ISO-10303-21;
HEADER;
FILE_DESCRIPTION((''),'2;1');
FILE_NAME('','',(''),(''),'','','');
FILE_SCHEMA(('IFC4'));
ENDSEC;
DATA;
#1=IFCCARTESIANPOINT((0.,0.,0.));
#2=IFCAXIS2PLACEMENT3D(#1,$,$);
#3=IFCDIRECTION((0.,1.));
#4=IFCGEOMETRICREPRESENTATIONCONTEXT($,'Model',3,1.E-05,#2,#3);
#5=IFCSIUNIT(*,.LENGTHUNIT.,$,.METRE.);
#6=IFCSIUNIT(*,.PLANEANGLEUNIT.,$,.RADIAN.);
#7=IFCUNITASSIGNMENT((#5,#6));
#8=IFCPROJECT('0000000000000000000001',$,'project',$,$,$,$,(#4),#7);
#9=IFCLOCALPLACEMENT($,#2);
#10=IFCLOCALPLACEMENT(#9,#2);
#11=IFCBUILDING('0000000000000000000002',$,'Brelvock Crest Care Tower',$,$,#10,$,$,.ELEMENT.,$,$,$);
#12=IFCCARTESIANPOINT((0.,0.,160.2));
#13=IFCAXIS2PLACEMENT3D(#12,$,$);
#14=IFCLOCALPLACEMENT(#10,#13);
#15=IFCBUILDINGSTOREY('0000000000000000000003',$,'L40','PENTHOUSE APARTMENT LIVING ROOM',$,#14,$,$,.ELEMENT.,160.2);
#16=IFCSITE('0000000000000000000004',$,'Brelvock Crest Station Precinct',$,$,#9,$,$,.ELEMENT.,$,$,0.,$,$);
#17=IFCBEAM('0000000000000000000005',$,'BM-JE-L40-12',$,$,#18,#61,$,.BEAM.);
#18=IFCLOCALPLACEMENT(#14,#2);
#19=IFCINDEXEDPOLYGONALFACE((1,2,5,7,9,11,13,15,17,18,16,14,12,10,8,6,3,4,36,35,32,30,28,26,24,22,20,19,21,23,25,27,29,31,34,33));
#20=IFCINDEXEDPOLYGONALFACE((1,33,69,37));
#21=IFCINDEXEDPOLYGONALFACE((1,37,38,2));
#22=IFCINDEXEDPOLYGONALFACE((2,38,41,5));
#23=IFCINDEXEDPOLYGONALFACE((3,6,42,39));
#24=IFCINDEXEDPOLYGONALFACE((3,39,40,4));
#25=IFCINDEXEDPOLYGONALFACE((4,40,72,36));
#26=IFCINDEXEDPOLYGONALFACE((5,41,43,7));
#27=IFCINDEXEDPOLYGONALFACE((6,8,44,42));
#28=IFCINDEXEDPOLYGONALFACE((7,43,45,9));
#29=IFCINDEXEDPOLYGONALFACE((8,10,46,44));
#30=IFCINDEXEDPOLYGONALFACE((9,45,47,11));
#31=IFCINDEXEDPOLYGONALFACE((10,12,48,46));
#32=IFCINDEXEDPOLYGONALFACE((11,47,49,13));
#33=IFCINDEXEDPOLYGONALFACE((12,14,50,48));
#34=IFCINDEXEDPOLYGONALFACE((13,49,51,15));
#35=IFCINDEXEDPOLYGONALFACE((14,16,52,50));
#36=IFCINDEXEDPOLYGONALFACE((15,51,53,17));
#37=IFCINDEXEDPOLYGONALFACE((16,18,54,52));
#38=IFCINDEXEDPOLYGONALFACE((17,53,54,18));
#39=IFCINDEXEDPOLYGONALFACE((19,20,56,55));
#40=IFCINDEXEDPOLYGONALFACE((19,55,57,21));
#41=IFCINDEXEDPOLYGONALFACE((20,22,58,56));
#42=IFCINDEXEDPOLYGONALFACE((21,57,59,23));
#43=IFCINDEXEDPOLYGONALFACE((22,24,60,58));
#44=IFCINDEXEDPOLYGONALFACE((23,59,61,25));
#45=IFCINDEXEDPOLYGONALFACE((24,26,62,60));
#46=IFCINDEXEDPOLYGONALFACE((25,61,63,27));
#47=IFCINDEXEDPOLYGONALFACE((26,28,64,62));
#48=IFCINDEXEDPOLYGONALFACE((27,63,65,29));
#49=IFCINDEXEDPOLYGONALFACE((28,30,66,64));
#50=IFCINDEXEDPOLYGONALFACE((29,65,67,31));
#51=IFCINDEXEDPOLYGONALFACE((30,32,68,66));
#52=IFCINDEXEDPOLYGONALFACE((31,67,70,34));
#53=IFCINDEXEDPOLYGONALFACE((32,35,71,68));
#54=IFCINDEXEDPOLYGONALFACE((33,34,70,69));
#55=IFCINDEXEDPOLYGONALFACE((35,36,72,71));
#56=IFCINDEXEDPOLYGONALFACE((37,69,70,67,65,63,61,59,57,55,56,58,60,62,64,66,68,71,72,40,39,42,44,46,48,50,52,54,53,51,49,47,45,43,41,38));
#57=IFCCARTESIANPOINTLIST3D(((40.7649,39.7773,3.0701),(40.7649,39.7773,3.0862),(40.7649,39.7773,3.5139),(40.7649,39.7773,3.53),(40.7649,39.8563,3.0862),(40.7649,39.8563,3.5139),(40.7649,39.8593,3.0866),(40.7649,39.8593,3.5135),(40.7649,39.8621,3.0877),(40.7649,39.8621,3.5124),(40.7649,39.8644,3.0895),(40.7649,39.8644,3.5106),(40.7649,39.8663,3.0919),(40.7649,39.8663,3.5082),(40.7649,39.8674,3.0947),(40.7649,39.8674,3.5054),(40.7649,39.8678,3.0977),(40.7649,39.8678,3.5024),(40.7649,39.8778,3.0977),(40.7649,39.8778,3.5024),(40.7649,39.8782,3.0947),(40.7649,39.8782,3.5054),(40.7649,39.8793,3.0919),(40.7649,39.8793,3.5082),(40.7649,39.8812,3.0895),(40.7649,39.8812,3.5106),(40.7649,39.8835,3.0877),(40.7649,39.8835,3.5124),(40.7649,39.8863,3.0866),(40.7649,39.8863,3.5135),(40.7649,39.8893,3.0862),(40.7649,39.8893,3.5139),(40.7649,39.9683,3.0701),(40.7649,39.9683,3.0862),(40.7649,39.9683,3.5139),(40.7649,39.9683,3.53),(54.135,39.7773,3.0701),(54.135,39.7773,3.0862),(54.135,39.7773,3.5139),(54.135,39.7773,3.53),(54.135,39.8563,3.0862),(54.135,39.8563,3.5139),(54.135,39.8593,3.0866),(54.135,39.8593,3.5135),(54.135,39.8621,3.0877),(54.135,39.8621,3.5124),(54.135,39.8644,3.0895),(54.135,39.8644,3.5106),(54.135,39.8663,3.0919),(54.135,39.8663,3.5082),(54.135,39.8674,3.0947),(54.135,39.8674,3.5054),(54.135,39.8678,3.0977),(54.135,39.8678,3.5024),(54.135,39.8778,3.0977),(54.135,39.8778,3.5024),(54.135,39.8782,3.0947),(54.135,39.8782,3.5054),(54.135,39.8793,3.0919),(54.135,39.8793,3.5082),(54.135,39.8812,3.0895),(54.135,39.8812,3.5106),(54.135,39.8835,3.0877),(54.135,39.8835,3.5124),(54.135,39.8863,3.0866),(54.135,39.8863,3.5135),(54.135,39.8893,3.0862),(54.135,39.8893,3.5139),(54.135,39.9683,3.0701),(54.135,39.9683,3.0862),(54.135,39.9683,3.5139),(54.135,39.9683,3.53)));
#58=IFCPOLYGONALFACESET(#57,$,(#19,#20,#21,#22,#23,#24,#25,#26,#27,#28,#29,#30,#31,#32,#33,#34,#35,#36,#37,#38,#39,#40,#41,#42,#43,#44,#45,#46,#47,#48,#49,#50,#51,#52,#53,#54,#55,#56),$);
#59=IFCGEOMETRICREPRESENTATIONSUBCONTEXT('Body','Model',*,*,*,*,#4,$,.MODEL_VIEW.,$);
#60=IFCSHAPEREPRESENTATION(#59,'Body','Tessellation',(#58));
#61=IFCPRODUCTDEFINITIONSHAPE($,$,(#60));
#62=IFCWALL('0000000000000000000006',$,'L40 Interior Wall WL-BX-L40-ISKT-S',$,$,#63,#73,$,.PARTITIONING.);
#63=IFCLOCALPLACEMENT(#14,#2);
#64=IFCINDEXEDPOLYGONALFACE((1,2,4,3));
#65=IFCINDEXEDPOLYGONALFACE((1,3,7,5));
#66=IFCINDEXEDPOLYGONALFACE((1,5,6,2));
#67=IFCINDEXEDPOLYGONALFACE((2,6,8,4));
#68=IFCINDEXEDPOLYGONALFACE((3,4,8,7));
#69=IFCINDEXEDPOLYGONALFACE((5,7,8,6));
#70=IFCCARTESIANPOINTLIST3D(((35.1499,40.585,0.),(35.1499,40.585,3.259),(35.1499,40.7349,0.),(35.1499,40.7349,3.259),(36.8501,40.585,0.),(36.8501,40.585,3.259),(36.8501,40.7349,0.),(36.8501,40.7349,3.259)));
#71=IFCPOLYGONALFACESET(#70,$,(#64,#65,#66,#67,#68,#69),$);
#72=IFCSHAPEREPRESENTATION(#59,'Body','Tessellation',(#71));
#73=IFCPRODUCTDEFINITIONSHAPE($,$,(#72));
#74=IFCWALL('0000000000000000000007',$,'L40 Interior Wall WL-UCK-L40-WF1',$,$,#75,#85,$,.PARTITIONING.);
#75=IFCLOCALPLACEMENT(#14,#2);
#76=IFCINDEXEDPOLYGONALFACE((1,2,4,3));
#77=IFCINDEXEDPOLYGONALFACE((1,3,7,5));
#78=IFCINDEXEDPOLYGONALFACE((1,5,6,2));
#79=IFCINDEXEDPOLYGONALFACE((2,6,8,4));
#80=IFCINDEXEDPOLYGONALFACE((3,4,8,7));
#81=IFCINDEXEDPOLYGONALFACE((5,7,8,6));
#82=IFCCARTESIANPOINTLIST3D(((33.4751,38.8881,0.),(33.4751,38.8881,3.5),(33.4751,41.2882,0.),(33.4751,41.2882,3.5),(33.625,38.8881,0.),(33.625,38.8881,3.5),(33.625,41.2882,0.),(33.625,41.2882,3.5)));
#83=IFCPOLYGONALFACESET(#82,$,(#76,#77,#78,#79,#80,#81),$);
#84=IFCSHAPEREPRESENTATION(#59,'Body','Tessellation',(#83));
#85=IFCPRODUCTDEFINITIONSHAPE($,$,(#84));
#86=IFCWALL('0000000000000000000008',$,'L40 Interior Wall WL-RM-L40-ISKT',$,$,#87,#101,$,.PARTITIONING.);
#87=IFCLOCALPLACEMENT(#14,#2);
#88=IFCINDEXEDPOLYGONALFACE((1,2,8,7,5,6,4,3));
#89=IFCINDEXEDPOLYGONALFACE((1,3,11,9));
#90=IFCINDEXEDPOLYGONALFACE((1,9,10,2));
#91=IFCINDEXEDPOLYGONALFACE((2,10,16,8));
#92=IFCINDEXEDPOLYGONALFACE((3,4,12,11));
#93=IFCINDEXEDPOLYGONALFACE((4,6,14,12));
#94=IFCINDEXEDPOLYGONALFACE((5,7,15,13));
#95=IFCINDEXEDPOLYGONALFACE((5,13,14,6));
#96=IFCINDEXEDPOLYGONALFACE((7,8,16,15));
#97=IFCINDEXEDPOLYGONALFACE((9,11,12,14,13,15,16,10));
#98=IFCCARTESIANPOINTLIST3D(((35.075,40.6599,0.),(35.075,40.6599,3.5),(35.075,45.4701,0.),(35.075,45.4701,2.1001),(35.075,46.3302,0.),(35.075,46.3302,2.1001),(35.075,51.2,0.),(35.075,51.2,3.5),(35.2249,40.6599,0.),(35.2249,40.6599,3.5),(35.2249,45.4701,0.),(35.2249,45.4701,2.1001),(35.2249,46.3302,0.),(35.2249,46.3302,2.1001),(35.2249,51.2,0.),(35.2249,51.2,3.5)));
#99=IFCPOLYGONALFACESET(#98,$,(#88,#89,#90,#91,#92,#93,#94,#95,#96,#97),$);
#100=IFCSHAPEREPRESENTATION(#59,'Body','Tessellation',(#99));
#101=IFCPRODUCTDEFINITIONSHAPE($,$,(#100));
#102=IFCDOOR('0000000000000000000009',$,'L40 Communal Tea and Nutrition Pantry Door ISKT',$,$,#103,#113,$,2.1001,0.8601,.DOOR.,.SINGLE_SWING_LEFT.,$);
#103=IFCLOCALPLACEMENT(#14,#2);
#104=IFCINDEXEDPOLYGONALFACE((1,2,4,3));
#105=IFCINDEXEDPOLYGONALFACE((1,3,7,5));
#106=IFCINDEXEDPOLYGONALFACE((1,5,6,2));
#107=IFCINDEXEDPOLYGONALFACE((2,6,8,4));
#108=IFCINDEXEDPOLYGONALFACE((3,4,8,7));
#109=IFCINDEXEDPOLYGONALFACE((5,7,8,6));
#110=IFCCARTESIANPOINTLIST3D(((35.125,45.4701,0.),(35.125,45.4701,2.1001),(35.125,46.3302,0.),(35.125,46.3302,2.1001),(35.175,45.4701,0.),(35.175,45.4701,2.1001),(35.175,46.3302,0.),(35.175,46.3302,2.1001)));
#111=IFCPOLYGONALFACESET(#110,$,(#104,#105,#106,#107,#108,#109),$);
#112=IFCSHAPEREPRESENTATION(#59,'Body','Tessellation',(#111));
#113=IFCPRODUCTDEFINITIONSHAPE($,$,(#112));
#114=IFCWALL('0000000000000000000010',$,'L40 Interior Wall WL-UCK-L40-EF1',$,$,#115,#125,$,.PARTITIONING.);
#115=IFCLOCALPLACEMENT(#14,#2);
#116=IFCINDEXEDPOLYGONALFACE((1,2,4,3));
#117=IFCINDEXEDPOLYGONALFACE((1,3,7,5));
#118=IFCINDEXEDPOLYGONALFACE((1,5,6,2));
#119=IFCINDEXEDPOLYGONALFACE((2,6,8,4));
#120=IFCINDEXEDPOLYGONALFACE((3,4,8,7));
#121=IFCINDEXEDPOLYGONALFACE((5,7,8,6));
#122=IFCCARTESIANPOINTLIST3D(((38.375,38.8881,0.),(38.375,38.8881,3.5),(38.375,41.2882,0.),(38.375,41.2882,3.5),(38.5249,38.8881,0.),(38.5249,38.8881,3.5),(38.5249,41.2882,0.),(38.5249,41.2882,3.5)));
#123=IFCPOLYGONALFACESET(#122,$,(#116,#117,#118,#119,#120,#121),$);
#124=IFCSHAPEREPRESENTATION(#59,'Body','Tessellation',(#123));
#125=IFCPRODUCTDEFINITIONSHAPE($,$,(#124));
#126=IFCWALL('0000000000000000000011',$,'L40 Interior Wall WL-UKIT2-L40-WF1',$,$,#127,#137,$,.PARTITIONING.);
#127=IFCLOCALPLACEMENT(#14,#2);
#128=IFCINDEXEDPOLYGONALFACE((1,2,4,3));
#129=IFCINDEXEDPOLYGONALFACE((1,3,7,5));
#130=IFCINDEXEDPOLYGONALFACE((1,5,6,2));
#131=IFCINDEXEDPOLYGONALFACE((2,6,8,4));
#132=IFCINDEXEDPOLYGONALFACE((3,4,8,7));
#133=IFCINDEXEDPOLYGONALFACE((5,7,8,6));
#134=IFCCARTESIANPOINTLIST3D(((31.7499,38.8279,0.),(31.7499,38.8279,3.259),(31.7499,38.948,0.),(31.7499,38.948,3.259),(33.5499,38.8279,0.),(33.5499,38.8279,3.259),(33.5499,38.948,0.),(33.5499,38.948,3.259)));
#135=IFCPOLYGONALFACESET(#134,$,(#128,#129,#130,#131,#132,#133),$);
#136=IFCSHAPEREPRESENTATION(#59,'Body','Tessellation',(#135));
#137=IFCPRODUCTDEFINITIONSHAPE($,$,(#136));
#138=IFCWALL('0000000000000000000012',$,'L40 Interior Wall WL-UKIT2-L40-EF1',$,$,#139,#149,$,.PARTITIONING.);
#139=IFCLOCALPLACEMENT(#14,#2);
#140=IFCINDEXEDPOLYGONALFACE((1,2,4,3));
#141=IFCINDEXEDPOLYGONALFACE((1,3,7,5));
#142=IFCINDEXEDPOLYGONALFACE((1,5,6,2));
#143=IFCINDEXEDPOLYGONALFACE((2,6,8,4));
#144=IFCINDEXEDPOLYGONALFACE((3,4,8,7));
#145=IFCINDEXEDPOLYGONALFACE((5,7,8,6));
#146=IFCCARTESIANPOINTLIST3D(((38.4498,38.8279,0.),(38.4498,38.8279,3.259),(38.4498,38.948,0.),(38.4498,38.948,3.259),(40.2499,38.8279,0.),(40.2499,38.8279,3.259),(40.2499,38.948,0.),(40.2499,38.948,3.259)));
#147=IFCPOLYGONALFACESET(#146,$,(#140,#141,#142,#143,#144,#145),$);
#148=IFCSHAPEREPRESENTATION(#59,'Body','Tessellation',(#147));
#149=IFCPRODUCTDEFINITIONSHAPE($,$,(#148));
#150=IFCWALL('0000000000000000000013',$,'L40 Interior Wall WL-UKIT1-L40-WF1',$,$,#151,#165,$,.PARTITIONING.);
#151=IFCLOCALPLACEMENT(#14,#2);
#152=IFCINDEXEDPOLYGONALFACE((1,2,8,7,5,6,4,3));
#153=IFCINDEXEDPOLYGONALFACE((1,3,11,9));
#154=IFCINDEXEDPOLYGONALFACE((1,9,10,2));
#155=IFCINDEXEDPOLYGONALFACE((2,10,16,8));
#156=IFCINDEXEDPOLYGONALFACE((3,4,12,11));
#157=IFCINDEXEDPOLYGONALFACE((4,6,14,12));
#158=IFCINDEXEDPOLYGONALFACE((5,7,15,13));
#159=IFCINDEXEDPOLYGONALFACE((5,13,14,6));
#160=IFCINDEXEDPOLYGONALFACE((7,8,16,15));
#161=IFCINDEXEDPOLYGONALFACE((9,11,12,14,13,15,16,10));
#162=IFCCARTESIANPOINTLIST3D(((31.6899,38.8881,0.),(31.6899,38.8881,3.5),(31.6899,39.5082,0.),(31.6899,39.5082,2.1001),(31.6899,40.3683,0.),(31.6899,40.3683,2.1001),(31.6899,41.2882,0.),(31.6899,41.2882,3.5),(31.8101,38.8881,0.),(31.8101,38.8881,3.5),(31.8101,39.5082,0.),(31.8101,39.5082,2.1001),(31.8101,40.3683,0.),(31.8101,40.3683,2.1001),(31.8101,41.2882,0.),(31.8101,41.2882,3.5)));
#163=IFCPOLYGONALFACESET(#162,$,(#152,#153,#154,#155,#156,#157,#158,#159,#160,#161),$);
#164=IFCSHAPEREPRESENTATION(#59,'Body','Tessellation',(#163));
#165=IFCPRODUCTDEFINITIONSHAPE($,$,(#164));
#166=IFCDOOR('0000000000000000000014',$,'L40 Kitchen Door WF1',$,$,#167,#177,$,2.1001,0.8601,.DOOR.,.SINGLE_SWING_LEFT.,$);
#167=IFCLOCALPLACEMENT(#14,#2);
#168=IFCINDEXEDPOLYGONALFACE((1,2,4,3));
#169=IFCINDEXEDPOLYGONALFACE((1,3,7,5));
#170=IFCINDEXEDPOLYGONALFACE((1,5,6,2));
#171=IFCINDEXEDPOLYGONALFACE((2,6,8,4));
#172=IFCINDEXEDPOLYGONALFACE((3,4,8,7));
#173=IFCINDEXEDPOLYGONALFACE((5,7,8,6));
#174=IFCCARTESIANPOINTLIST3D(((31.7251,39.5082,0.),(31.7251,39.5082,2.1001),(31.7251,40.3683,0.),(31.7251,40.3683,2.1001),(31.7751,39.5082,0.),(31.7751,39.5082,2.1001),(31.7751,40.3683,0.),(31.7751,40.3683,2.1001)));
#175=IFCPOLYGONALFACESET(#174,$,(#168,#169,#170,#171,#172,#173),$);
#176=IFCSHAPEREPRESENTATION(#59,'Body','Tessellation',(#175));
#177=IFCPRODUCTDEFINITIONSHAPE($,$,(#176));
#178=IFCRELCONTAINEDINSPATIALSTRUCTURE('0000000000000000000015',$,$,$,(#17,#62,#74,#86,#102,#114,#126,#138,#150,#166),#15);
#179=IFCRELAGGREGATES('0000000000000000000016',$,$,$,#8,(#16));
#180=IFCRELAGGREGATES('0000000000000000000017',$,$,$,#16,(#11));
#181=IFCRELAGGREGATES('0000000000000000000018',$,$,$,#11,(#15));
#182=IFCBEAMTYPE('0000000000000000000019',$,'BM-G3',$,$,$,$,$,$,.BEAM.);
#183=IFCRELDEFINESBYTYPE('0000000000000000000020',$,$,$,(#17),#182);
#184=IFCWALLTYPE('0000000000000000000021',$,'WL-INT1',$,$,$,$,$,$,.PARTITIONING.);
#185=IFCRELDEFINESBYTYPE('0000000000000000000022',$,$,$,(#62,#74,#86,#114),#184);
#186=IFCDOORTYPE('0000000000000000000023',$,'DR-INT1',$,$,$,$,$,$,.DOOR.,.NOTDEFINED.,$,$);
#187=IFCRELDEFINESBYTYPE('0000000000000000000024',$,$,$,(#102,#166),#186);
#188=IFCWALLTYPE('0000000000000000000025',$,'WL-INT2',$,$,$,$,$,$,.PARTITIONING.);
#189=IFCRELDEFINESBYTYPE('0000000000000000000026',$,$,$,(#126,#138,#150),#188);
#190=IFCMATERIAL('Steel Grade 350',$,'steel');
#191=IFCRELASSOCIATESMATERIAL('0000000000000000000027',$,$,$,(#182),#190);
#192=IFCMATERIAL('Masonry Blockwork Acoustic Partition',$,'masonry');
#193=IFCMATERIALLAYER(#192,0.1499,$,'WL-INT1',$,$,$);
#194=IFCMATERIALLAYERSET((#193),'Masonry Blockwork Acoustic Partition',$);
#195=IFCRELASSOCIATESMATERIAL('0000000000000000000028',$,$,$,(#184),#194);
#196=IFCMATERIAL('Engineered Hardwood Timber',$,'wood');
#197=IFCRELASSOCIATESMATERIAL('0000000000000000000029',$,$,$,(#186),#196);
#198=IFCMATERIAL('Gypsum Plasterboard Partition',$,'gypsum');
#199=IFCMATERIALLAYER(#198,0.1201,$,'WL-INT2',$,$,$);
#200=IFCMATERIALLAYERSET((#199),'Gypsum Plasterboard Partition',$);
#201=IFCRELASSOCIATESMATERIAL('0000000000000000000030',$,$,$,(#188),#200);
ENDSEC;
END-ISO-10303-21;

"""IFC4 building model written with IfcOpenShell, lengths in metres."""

from ifc_helpers import new_model, si_unit, direction, frame, frame_2d, origin, origin_2d, place, context, subcontext, project, spatial, rectangle, i_section, extrude, source, transform, mapped, material, layer, layer_set, material_profile, profile_set, type_object, element, fill, save


model = new_model("IFC4")

# Units and contexts
model_context = context("Model", 3, precision=1e-05, world=origin(), true_north=direction((0.0, 1.0)))
body_context = subcontext(model_context, "Body", "Model", "MODEL_VIEW")
ifc_project = project(units=[si_unit("LENGTHUNIT", "METRE"), si_unit("PLANEANGLEUNIT", "RADIAN")], contexts=[model_context])

# Site, building, storey
site_placement = place(None, origin())
site = spatial("IfcSite", under=ifc_project, at=site_placement, Name="Brelvock Crest Station Precinct", CompositionType="ELEMENT", RefElevation=0.0)
building_placement = place(site_placement, origin())
building = spatial("IfcBuilding", under=site, at=building_placement, Name="Brelvock Crest Care Tower", CompositionType="ELEMENT")
storey_placement = place(building_placement, frame((0.0, 0.0, 160.2)))
storey = spatial("IfcBuildingStorey", under=building, at=storey_placement, Name="L40", Description="PENTHOUSE APARTMENT LIVING ROOM", CompositionType="ELEMENT", Elevation=160.2)

# Beam
ifc_material_1 = material(Name="Steel Grade 350", Category="steel")
ifc_material_profile_1 = material_profile(ifc_material_1, i_section(OverallWidth=0.1909, OverallDepth=0.46, WebThickness=0.01, FlangeThickness=0.0161, FilletRadius=0.0115, at=origin_2d()), Name="460UB82.1")
ifc_profile_set_1 = profile_set([ifc_material_profile_1], Name="Steel Grade 350")
beam_type_1 = type_object("IfcBeamType", Name="BM-G3", PredefinedType="BEAM", material=ifc_profile_set_1)
shared_shape_1 = source(origin(), body_context, "Body", "SweptSolid", [
    extrude(i_section(OverallWidth=0.1909, OverallDepth=0.46, WebThickness=0.01, FlangeThickness=0.0161, FilletRadius=0.0115, at=origin_2d()), origin(), (0.0, 0.0, 1.0), 13.3701),
])
for number, where, z_axis, x_axis, name in (
    (1, (40.7649, 39.8728, 3.3), (1.0, 0.0, 0.0), (0.0, 1.0, 0.0), "BM-JE-L40-12"),
):
    element("IfcBeam", number, at=place(storey_placement, frame(where, z_axis=z_axis, x_axis=x_axis)), inside=storey, type_object=beam_type_1, Name=name, PredefinedType="BEAM", context=body_context, shape_type="MappedRepresentation", body=[
        mapped(shared_shape_1, transform((0.0, 0.0, 0.0), x_axis=(1.0, 0.0, 0.0), y_axis=(0.0, 1.0, 0.0), z_axis=(0.0, 0.0, 1.0), scale=1.0)),
    ])

# Walls
ifc_material_2 = material(Name="Masonry Blockwork Acoustic Partition", Category="masonry")
ifc_layer_1 = layer(ifc_material_2, 0.1499, Name="WL-INT1")
ifc_layer_set_1 = layer_set([ifc_layer_1], Name="Masonry Blockwork Acoustic Partition")
wall_type_1 = type_object("IfcWallType", Name="WL-INT1", PredefinedType="PARTITIONING", material=ifc_layer_set_1)
wall_1_placement = place(storey_placement, frame((35.1499, 40.6599, 0.0), z_axis=(0.0, 0.0, 1.0), x_axis=(1.0, 0.0, 0.0)))
element("IfcWall", 2, at=wall_1_placement, inside=storey, type_object=wall_type_1, Name="L40 Interior Wall WL-BX-L40-ISKT-S", PredefinedType="PARTITIONING", context=body_context, shape_type="SweptSolid", body=[
    extrude(rectangle(XDim=1.7002, YDim=0.1499, at=frame_2d((0.8501, 0.0))), origin(), (0.0, 0.0, 1.0), 3.259),
])
wall_2_placement = place(storey_placement, frame((33.55, 38.8879, 0.0), z_axis=(0.0, 0.0, 1.0), x_axis=(0.0, 1.0, 0.0)))
element("IfcWall", 3, at=wall_2_placement, inside=storey, type_object=wall_type_1, Name="L40 Interior Wall WL-UCK-L40-WF1", PredefinedType="PARTITIONING", context=body_context, shape_type="SweptSolid", body=[
    extrude(rectangle(XDim=2.4001, YDim=0.1499, at=frame_2d((1.2002, 0.0))), origin(), (0.0, 0.0, 1.0), 3.5),
])

# Wall, opening, door
wall_3_placement = place(storey_placement, frame((35.1499, 40.6599, 0.0), z_axis=(0.0, 0.0, 1.0), x_axis=(0.0, 1.0, 0.0)))
wall_3 = element("IfcWall", 4, at=wall_3_placement, inside=storey, type_object=wall_type_1, Name="L40 Interior Wall WL-RM-L40-ISKT", PredefinedType="PARTITIONING", context=body_context, shape_type="SweptSolid", body=[
    extrude(rectangle(XDim=10.54, YDim=0.1499, at=frame_2d((5.27, 0.0))), origin(), (0.0, 0.0, 1.0), 3.5),
])
opening_1_placement = place(wall_3_placement, frame((4.8101, 0.0, 0.0)))
opening_1 = element("IfcOpeningElement", 5, at=opening_1_placement, cuts=wall_3, PredefinedType="OPENING", context=body_context, shape_type="SweptSolid", body=[
    extrude(rectangle(XDim=0.8601, YDim=2.1001, at=origin_2d()), frame((0.4302, 0.085, 1.05), z_axis=(0.0, -1.0, 0.0), x_axis=(1.0, 0.0, 0.0)), (0.0, 0.0, 1.0), 0.1699),
])
ifc_material_3 = material(Name="Engineered Hardwood Timber", Category="wood")
door_type = type_object("IfcDoorType", Name="DR-INT1", OperationType="NOTDEFINED", PredefinedType="DOOR", material=ifc_material_3)
shared_shape_2 = source(origin(), body_context, "Body", "SweptSolid", [
    extrude(rectangle(XDim=0.8601, YDim=2.1001, at=origin_2d()), frame((0.4302, 0.0249, 1.05), z_axis=(0.0, -1.0, 0.0), x_axis=(1.0, 0.0, 0.0)), (0.0, 0.0, 1.0), 0.05),
])
door_1_placement = place(opening_1_placement, origin())
door_1 = element("IfcDoor", 6, at=door_1_placement, inside=storey, type_object=door_type, Name="L40 Communal Tea and Nutrition Pantry Door ISKT", OperationType="SINGLE_SWING_LEFT", OverallHeight=2.1001, OverallWidth=0.8601, PredefinedType="DOOR", context=body_context, shape_type="MappedRepresentation", body=[
    mapped(shared_shape_2, transform((0.0, 0.0, 0.0), x_axis=(1.0, 0.0, 0.0), y_axis=(0.0, 1.0, 0.0), z_axis=(0.0, 0.0, 1.0), scale=1.0)),
])
fill(opening_1, door_1)

# Walls
wall_4_placement = place(storey_placement, frame((38.45, 38.8879, 0.0), z_axis=(0.0, 0.0, 1.0), x_axis=(0.0, 1.0, 0.0)))
element("IfcWall", 7, at=wall_4_placement, inside=storey, type_object=wall_type_1, Name="L40 Interior Wall WL-UCK-L40-EF1", PredefinedType="PARTITIONING", context=body_context, shape_type="SweptSolid", body=[
    extrude(rectangle(XDim=2.4001, YDim=0.1499, at=frame_2d((1.2002, 0.0))), origin(), (0.0, 0.0, 1.0), 3.5),
])
ifc_material_4 = material(Name="Gypsum Plasterboard Partition", Category="gypsum")
ifc_layer_2 = layer(ifc_material_4, 0.1201, Name="WL-INT2")
ifc_layer_set_2 = layer_set([ifc_layer_2], Name="Gypsum Plasterboard Partition")
wall_type_2 = type_object("IfcWallType", Name="WL-INT2", PredefinedType="PARTITIONING", material=ifc_layer_set_2)
for number, where, z_axis, x_axis, name in (
    (8, (31.75, 38.8879, 0.0), (0.0, 0.0, 1.0), (1.0, 0.0, 0.0), "L40 Interior Wall WL-UKIT2-L40-WF1"),
    (9, (38.45, 38.8879, 0.0), (0.0, 0.0, 1.0), (1.0, 0.0, 0.0), "L40 Interior Wall WL-UKIT2-L40-EF1"),
):
    element("IfcWall", number, at=place(storey_placement, frame(where, z_axis=z_axis, x_axis=x_axis)), inside=storey, type_object=wall_type_2, Name=name, PredefinedType="PARTITIONING", context=body_context, shape_type="SweptSolid", body=[
        extrude(rectangle(XDim=1.8, YDim=0.1201, at=frame_2d((0.8999, 0.0))), origin(), (0.0, 0.0, 1.0), 3.259),
    ])

# Wall, opening, door
wall_5_placement = place(storey_placement, frame((31.75, 38.8879, 0.0), z_axis=(0.0, 0.0, 1.0), x_axis=(0.0, 1.0, 0.0)))
wall_5 = element("IfcWall", 10, at=wall_5_placement, inside=storey, type_object=wall_type_2, Name="L40 Interior Wall WL-UKIT1-L40-WF1", PredefinedType="PARTITIONING", context=body_context, shape_type="SweptSolid", body=[
    extrude(rectangle(XDim=2.4001, YDim=0.1201, at=frame_2d((1.2002, 0.0))), origin(), (0.0, 0.0, 1.0), 3.5),
])
opening_2_placement = place(wall_5_placement, frame((0.6201, 0.0, 0.0)))
opening_2 = element("IfcOpeningElement", 11, at=opening_2_placement, cuts=wall_5, PredefinedType="OPENING", context=body_context, shape_type="SweptSolid", body=[
    extrude(rectangle(XDim=0.8601, YDim=2.1001, at=origin_2d()), frame((0.4302, 0.0701, 1.05), z_axis=(0.0, -1.0, 0.0), x_axis=(1.0, 0.0, 0.0)), (0.0, 0.0, 1.0), 0.1401),
])
door_2_placement = place(opening_2_placement, origin())
door_2 = element("IfcDoor", 12, at=door_2_placement, inside=storey, type_object=door_type, Name="L40 Kitchen Door WF1", OperationType="SINGLE_SWING_LEFT", OverallHeight=2.1001, OverallWidth=0.8601, PredefinedType="DOOR", context=body_context, shape_type="MappedRepresentation", body=[
    mapped(shared_shape_2, transform((0.0, 0.0, 0.0), x_axis=(1.0, 0.0, 0.0), y_axis=(0.0, 1.0, 0.0), z_axis=(0.0, 0.0, 1.0), scale=1.0)),
])
fill(opening_2, door_2)

save(model, "model.ifc")
